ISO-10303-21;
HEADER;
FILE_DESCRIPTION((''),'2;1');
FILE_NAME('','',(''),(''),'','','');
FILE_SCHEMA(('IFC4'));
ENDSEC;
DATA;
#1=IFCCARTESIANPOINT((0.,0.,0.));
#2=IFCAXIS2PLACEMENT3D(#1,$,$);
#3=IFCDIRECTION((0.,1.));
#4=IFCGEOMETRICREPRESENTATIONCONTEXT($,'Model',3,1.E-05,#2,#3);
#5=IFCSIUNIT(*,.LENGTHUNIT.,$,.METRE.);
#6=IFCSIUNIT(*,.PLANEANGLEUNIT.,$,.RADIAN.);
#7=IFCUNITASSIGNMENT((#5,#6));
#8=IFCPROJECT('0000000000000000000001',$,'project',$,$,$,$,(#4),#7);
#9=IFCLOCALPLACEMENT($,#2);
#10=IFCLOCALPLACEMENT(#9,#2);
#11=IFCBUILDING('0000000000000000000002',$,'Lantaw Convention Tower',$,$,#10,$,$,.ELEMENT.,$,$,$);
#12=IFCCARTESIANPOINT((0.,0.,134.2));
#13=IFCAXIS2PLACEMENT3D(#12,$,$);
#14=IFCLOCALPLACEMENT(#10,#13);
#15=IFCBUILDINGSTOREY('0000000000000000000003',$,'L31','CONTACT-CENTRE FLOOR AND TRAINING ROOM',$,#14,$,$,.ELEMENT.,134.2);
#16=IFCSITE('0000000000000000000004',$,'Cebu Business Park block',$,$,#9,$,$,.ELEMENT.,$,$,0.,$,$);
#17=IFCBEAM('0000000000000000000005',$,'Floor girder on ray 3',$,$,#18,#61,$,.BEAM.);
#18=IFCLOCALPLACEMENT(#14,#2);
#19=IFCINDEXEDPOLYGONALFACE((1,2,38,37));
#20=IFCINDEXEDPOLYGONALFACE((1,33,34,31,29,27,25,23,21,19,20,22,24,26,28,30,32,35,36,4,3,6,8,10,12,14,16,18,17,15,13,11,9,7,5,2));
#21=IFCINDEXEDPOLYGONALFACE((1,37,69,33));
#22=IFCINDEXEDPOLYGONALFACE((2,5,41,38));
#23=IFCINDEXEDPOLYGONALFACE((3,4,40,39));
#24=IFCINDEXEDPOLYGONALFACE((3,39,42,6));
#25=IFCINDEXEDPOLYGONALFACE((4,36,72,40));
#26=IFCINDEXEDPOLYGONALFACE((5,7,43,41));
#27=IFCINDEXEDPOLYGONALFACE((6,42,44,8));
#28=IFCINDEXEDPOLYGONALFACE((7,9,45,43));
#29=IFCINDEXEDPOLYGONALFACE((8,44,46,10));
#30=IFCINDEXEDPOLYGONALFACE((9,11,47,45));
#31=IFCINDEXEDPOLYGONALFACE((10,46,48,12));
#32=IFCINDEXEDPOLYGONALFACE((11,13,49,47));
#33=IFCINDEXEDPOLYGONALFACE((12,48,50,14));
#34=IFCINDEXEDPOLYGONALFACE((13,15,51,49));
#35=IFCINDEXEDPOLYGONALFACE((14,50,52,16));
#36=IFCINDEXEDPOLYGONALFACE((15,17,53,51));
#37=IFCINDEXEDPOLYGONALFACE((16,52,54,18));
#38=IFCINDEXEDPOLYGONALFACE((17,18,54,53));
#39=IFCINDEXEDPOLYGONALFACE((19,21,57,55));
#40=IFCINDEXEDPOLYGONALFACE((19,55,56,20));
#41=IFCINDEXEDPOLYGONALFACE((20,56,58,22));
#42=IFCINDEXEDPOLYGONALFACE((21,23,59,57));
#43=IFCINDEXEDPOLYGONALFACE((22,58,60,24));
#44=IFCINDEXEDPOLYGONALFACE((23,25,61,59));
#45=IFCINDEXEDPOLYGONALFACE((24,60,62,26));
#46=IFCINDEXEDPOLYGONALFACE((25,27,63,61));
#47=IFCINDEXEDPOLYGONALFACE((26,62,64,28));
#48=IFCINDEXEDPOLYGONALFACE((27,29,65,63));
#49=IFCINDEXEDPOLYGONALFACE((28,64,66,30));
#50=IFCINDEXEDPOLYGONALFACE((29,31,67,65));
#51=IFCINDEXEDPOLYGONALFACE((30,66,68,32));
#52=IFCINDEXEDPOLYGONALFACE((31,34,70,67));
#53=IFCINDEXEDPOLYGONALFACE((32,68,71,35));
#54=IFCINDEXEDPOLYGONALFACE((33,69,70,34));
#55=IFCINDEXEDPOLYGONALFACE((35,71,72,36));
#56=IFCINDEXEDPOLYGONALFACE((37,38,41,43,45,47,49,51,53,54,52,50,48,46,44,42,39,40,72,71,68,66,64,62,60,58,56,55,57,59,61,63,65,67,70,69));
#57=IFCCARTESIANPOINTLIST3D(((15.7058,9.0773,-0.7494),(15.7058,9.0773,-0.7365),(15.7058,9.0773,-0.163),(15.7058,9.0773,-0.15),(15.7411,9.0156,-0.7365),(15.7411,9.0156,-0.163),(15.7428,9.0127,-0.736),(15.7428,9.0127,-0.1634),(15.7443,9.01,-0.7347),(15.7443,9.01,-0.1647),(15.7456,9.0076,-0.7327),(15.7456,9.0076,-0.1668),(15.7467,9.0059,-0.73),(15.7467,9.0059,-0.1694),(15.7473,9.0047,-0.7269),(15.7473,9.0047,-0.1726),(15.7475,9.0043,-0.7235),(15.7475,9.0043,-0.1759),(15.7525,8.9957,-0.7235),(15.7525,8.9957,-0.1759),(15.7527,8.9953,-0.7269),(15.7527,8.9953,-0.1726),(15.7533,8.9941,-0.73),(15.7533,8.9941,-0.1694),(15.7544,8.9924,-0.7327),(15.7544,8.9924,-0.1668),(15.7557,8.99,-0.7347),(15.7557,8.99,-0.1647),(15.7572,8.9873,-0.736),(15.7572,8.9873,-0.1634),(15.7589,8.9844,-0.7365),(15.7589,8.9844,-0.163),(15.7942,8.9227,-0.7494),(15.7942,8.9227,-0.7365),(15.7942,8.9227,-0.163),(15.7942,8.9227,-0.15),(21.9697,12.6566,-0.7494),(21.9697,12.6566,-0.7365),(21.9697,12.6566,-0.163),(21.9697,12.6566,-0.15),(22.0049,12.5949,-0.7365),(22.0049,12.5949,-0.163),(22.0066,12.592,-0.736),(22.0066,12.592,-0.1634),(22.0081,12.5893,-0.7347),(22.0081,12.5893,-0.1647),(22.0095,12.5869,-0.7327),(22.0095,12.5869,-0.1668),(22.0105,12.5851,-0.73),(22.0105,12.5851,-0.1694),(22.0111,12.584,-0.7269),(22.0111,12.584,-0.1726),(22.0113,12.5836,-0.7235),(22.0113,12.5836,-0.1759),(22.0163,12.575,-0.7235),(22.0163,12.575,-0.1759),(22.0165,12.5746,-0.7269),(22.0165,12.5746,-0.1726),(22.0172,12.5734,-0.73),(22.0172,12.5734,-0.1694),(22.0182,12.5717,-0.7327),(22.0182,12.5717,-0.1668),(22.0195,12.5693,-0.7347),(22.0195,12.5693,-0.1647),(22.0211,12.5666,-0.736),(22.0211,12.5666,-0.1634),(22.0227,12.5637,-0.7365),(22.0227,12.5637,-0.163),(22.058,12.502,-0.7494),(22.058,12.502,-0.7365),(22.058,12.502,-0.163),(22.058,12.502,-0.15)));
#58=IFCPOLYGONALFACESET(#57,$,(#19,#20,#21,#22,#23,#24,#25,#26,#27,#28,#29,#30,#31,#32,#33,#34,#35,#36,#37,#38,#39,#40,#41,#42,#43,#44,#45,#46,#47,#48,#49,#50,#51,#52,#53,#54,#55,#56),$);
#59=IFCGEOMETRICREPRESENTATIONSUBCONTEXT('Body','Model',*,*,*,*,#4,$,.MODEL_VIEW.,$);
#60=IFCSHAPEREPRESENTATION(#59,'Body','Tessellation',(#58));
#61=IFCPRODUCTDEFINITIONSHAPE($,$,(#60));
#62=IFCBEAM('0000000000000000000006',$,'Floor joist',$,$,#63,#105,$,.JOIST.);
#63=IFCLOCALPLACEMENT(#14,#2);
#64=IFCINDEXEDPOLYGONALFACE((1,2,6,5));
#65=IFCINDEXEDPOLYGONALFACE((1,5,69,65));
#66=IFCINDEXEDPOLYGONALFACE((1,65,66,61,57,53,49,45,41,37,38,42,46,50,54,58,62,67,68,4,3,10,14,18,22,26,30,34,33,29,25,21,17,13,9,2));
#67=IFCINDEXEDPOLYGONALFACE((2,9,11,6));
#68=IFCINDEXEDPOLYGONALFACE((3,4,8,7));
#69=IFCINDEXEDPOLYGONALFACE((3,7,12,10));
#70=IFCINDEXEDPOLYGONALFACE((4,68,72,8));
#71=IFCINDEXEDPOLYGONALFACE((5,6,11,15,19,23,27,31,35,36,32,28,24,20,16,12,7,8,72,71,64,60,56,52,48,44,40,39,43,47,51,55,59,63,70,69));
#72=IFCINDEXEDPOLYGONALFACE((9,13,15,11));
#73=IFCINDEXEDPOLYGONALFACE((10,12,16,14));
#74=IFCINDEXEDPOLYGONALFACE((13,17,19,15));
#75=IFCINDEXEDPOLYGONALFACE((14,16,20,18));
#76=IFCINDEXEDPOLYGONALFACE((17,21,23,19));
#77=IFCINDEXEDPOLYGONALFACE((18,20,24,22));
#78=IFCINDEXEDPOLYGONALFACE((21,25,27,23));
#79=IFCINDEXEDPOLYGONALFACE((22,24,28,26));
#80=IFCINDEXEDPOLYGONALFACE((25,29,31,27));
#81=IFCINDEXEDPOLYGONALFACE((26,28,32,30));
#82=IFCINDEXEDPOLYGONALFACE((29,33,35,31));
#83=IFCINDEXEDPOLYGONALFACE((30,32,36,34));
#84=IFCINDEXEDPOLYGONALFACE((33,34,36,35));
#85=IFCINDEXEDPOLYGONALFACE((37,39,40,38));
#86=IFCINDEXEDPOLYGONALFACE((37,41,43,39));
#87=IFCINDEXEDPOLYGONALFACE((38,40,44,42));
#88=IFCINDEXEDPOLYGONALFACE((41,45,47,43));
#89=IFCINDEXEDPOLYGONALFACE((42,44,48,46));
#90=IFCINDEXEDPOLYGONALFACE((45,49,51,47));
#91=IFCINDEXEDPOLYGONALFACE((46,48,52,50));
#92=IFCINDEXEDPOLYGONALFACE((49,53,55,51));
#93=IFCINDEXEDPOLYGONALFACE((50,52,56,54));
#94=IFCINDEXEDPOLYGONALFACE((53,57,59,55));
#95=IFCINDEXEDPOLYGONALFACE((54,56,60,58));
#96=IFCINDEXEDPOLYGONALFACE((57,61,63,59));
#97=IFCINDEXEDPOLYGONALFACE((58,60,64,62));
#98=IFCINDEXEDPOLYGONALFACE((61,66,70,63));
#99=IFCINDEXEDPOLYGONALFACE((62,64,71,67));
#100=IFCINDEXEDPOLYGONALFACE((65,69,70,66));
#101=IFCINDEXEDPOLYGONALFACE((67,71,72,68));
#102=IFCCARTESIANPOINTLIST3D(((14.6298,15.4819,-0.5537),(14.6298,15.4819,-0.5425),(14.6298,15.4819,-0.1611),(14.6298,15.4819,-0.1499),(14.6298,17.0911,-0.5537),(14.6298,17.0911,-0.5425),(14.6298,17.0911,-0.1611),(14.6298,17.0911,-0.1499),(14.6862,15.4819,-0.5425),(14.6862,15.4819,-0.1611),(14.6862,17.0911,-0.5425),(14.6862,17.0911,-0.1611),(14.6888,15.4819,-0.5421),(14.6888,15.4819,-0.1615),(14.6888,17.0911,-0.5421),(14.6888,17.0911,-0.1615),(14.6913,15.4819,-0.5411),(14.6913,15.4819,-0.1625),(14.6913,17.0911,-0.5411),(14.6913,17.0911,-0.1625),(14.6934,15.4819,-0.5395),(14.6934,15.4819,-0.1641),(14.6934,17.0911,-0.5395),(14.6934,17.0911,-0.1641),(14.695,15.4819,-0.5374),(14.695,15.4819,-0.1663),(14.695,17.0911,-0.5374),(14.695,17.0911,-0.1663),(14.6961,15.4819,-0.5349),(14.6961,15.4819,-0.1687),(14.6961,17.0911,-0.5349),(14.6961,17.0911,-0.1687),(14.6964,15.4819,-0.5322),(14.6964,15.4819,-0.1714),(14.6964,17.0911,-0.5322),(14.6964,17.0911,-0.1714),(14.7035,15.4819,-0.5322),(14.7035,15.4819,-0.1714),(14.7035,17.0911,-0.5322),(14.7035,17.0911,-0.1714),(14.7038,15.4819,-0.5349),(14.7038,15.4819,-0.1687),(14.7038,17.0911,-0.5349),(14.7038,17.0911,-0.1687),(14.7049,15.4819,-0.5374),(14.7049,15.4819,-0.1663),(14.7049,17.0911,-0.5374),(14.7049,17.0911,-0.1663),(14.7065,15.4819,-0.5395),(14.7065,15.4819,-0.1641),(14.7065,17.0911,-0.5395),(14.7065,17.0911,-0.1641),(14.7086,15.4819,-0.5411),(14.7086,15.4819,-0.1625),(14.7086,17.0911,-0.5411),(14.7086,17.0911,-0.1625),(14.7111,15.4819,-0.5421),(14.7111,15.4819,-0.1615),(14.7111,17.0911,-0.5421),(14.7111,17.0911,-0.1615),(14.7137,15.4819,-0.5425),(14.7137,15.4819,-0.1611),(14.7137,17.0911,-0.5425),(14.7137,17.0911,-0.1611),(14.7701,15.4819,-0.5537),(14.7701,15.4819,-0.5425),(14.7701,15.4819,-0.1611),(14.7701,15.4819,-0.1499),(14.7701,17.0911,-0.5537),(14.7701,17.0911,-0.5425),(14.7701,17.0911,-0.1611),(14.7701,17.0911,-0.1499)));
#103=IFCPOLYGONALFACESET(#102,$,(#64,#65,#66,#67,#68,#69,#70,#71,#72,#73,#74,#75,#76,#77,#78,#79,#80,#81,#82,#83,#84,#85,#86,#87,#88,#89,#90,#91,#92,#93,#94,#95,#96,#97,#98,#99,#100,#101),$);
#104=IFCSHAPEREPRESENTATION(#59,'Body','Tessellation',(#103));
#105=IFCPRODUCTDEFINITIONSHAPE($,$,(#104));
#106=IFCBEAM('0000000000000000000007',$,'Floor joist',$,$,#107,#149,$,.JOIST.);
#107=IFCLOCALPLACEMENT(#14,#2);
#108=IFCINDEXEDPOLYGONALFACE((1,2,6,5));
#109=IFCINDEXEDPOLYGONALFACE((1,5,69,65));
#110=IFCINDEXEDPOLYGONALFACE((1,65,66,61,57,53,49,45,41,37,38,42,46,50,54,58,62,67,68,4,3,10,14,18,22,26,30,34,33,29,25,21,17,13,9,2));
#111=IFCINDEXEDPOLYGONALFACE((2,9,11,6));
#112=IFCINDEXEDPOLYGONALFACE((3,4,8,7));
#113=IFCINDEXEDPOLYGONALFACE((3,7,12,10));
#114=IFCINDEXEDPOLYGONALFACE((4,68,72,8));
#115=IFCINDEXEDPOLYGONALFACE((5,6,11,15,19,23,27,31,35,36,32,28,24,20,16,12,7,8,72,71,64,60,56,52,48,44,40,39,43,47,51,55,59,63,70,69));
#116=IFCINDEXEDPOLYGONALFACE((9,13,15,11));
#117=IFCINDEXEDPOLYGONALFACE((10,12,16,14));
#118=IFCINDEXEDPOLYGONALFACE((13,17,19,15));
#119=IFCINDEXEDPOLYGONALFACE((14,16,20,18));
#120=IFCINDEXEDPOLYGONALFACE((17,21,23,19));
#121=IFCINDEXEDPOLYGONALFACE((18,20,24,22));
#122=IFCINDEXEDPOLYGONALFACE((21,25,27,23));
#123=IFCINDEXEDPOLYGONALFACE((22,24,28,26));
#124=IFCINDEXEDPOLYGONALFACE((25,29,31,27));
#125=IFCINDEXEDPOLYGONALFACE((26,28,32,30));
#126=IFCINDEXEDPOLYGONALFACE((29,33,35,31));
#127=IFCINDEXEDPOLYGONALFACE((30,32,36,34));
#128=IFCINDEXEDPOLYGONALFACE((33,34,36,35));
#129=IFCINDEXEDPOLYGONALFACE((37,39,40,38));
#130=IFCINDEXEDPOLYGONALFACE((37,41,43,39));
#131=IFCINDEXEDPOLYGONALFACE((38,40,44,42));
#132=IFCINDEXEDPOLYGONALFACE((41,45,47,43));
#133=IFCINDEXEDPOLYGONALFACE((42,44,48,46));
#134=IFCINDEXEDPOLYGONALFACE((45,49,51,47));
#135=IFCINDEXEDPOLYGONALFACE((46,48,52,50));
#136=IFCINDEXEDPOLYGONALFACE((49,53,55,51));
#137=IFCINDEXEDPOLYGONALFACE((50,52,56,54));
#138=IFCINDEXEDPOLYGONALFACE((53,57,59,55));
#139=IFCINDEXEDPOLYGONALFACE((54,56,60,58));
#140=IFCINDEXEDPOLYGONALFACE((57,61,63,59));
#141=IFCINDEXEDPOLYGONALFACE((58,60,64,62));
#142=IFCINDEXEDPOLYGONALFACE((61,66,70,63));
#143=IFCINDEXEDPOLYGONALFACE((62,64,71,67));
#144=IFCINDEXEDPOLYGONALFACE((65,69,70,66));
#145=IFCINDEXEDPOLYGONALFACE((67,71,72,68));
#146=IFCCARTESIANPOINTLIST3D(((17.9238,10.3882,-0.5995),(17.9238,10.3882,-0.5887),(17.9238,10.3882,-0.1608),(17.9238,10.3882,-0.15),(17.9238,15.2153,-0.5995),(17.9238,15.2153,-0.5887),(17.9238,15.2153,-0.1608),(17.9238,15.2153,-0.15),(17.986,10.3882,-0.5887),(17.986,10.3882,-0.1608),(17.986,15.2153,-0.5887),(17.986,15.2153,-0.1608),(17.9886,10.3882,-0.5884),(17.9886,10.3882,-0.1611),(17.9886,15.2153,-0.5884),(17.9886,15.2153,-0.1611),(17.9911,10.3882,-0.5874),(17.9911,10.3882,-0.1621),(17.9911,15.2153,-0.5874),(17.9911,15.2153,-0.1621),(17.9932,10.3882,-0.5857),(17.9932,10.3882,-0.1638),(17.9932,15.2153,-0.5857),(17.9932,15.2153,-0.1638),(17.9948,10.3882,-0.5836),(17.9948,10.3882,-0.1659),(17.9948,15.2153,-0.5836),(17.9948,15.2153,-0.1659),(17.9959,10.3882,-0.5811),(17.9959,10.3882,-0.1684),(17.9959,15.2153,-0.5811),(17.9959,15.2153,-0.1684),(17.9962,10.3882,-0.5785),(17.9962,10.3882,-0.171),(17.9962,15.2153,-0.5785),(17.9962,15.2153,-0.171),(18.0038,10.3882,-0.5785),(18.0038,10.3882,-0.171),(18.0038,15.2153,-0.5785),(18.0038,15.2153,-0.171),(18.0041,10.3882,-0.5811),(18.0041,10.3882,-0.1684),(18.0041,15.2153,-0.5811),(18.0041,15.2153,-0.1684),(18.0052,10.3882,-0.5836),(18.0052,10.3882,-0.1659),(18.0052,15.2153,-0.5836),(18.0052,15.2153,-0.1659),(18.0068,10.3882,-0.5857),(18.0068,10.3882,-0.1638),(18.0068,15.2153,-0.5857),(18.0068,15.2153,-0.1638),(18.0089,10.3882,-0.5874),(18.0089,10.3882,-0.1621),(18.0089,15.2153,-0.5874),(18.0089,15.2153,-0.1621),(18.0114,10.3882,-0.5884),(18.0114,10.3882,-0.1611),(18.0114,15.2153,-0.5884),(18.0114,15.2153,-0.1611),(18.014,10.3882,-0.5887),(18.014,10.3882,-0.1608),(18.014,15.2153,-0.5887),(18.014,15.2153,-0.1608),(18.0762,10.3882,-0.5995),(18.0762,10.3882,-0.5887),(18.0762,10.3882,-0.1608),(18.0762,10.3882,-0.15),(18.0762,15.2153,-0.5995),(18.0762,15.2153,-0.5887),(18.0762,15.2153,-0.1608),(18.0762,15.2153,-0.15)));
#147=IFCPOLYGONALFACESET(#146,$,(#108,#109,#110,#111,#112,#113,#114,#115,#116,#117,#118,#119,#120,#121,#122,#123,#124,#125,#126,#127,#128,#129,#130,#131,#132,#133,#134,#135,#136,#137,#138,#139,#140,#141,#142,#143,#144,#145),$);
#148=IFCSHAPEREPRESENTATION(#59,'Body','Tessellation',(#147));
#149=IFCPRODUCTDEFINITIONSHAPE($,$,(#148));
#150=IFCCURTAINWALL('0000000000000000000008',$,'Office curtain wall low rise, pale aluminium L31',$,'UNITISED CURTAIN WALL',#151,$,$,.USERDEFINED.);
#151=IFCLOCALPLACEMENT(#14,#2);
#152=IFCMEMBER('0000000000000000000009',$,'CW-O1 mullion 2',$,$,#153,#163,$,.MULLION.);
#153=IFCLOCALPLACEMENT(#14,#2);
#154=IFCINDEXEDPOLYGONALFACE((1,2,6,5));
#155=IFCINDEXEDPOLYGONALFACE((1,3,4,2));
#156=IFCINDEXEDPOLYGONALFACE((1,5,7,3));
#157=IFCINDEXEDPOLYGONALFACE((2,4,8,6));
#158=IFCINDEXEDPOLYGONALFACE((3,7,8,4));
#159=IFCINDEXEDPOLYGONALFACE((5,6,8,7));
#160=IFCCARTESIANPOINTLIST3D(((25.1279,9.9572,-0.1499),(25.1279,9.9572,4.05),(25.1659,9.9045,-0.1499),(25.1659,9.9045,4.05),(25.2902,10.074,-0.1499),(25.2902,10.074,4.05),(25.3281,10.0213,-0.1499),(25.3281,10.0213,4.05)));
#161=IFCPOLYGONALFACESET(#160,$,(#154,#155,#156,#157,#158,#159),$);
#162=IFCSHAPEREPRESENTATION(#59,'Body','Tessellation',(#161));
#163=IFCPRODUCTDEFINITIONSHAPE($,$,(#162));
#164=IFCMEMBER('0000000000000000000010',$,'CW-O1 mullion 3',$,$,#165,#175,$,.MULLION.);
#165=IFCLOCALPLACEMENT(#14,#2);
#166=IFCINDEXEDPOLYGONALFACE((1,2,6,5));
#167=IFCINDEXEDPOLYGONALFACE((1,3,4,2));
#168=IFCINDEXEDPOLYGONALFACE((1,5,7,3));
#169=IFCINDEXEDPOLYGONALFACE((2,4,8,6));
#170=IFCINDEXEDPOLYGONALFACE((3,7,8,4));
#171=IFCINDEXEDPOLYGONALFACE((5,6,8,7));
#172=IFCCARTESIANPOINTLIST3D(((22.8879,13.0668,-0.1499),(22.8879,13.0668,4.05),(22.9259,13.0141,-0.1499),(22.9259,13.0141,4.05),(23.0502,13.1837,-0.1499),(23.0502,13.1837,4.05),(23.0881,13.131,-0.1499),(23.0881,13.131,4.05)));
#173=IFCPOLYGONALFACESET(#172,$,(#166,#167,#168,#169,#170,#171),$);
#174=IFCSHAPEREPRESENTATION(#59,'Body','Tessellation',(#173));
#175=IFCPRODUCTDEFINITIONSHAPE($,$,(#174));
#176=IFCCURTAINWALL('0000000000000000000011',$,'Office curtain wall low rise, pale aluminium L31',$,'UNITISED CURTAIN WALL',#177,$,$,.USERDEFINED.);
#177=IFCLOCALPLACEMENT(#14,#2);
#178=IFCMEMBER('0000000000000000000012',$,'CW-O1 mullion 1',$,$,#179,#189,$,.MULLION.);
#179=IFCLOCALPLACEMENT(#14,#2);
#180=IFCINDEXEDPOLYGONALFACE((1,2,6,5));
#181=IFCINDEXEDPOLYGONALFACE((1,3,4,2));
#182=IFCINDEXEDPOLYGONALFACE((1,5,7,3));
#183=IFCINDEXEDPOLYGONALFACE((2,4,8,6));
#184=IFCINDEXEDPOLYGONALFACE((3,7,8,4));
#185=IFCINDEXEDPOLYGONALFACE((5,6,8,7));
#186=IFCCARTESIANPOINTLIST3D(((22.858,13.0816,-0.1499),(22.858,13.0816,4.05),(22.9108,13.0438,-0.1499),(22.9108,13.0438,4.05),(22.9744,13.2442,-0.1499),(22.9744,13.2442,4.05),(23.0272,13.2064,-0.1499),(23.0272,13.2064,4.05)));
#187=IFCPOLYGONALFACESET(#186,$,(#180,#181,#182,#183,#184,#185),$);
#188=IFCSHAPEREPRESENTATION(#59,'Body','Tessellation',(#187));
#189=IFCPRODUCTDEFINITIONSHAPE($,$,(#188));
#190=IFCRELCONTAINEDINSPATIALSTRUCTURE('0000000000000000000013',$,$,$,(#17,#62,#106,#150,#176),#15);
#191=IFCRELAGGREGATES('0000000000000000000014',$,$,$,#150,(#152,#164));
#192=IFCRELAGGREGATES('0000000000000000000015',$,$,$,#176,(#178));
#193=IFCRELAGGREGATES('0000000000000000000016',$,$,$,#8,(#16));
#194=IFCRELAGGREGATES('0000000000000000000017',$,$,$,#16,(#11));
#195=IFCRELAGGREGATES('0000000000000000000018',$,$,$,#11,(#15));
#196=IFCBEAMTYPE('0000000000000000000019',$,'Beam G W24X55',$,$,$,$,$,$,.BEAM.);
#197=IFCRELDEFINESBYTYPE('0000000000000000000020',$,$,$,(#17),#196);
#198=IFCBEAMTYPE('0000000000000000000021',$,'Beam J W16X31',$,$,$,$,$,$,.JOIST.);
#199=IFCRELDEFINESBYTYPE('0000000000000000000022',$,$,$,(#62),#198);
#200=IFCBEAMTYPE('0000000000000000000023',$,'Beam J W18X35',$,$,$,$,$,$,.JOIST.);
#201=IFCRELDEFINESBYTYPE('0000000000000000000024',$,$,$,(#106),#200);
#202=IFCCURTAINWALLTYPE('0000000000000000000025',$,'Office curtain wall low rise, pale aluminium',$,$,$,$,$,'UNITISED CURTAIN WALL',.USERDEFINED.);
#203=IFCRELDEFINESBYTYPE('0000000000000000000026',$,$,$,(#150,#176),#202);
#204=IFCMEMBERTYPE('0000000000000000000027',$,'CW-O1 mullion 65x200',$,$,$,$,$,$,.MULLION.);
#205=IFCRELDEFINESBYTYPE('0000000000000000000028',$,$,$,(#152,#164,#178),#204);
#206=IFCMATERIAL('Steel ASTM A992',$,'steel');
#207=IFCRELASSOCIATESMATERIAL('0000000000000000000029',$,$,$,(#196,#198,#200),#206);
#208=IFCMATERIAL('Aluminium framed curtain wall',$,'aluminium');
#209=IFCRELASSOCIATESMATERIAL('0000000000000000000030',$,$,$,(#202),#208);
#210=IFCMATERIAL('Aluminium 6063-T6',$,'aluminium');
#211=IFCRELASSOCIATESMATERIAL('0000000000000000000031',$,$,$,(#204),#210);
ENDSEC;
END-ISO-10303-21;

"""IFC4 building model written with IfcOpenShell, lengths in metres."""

from ifc_helpers import new_model, si_unit, direction, frame, origin, origin_2d, place, context, subcontext, project, spatial, rectangle, i_section, extrude, material, material_profile, profile_set, type_object, element, aggregate, save


model = new_model("IFC4")

# Units and contexts
model_context = context("Model", 3, precision=1e-05, world=origin(), true_north=direction((0.0, 1.0)))
body_context = subcontext(model_context, "Body", "Model", "MODEL_VIEW")
ifc_project = project(units=[si_unit("LENGTHUNIT", "METRE"), si_unit("PLANEANGLEUNIT", "RADIAN")], contexts=[model_context])

# Site, building, storey
site_placement = place(None, origin())
site = spatial("IfcSite", under=ifc_project, at=site_placement, Name="Cebu Business Park block", CompositionType="ELEMENT", RefElevation=0.0)
building_placement = place(site_placement, origin())
building = spatial("IfcBuilding", under=site, at=building_placement, Name="Lantaw Convention Tower", CompositionType="ELEMENT")
storey_placement = place(building_placement, frame((0.0, 0.0, 134.2)))
storey = spatial("IfcBuildingStorey", under=building, at=storey_placement, Name="L31", Description="CONTACT-CENTRE FLOOR AND TRAINING ROOM", CompositionType="ELEMENT", Elevation=134.2)

# Beams
ifc_material_1 = material(Name="Steel ASTM A992", Category="steel")
ifc_material_profile_1 = material_profile(ifc_material_1, i_section(OverallWidth=0.178, OverallDepth=0.5994, WebThickness=0.01, FlangeThickness=0.0129, FilletRadius=0.0129, at=origin_2d()), Name="W24X55")
ifc_profile_set_1 = profile_set([ifc_material_profile_1], Name="Steel ASTM A992")
beam_type_1 = type_object("IfcBeamType", Name="Beam G W24X55", PredefinedType="BEAM", material=ifc_profile_set_1)
beam_1_placement = place(storey_placement, frame((15.75, 9.0, -0.4497), z_axis=(0.868245, 0.496135, 0.0), x_axis=(-0.496135, 0.868245, 0.0)))
element("IfcBeam", 1, at=beam_1_placement, inside=storey, type_object=beam_type_1, Name="Floor girder on ray 3", PredefinedType="BEAM", context=body_context, shape_type="SweptSolid", body=[
    extrude(i_section(OverallWidth=0.178, OverallDepth=0.5994, WebThickness=0.01, FlangeThickness=0.0129, FilletRadius=0.0129, at=origin_2d()), origin(), (0.0, 0.0, 1.0), 7.2144),
])
ifc_material_profile_2 = material_profile(ifc_material_1, i_section(OverallWidth=0.1404, OverallDepth=0.4038, WebThickness=0.0071, FlangeThickness=0.0112, FilletRadius=0.0103, at=origin_2d()), Name="W16X31")
ifc_profile_set_2 = profile_set([ifc_material_profile_2], Name="Steel ASTM A992")
beam_type_2 = type_object("IfcBeamType", Name="Beam J W16X31", PredefinedType="JOIST", material=ifc_profile_set_2)
beam_2_placement = place(storey_placement, frame((14.7, 15.4819, -0.3518), z_axis=(0.0, 1.0, 0.0), x_axis=(-1.0, 0.0, 0.0)))
element("IfcBeam", 2, at=beam_2_placement, inside=storey, type_object=beam_type_2, Name="Floor joist", PredefinedType="JOIST", context=body_context, shape_type="SweptSolid", body=[
    extrude(i_section(OverallWidth=0.1404, OverallDepth=0.4038, WebThickness=0.0071, FlangeThickness=0.0112, FilletRadius=0.0103, at=origin_2d()), origin(), (0.0, 0.0, 1.0), 1.6091),
])
ifc_material_profile_3 = material_profile(ifc_material_1, i_section(OverallWidth=0.1523, OverallDepth=0.4495, WebThickness=0.0076, FlangeThickness=0.0107, FilletRadius=0.0103, at=origin_2d()), Name="W18X35")
ifc_profile_set_3 = profile_set([ifc_material_profile_3], Name="Steel ASTM A992")
beam_type_3 = type_object("IfcBeamType", Name="Beam J W18X35", PredefinedType="JOIST", material=ifc_profile_set_3)
beam_3_placement = place(storey_placement, frame((18.0, 10.3882, -0.3748), z_axis=(0.0, 1.0, 0.0), x_axis=(-1.0, 0.0, 0.0)))
element("IfcBeam", 3, at=beam_3_placement, inside=storey, type_object=beam_type_3, Name="Floor joist", PredefinedType="JOIST", context=body_context, shape_type="SweptSolid", body=[
    extrude(i_section(OverallWidth=0.1523, OverallDepth=0.4495, WebThickness=0.0076, FlangeThickness=0.0107, FilletRadius=0.0103, at=origin_2d()), origin(), (0.0, 0.0, 1.0), 4.8271),
])

# Curtain walls, members
ifc_material_2 = material(Name="Aluminium framed curtain wall", Category="aluminium")
curtain_wall_type = type_object("IfcCurtainWallType", Name="Office curtain wall low rise, pale aluminium", ElementType="UNITISED CURTAIN WALL", PredefinedType="USERDEFINED", material=ifc_material_2)
curtain_wall_1_placement = place(storey_placement, origin())
curtain_wall_1 = element("IfcCurtainWall", 4, at=curtain_wall_1_placement, inside=storey, type_object=curtain_wall_type, Name="Office curtain wall low rise, pale aluminium L31", ObjectType="UNITISED CURTAIN WALL", PredefinedType="USERDEFINED")
ifc_material_3 = material(Name="Aluminium 6063-T6", Category="aluminium")
ifc_material_profile_4 = material_profile(ifc_material_3, rectangle(XDim=0.2, YDim=0.0649, at=origin_2d()), Name="CW-O1 mullion 65x200")
ifc_profile_set_4 = profile_set([ifc_material_profile_4], Name="Aluminium 6063-T6")
member_type_1 = type_object("IfcMemberType", Name="CW-O1 mullion 65x200", PredefinedType="MULLION", material=ifc_profile_set_4)
member_1_placement = place(storey_placement, frame((25.228, 9.9893, -0.1499), z_axis=(0.0, 0.0, 1.0), x_axis=(-0.811385, -0.584513, 0.0)))
member_1 = element("IfcMember", 5, at=member_1_placement, type_object=member_type_1, Name="CW-O1 mullion 2", PredefinedType="MULLION", context=body_context, shape_type="SweptSolid", body=[
    extrude(rectangle(XDim=0.2, YDim=0.0649, at=origin_2d()), origin(), (0.0, 0.0, 1.0), 4.2),
])
member_2_placement = place(storey_placement, frame((22.988, 13.0989, -0.1499), z_axis=(0.0, 0.0, 1.0), x_axis=(-0.811385, -0.584513, 0.0)))
member_2 = element("IfcMember", 6, at=member_2_placement, type_object=member_type_1, Name="CW-O1 mullion 3", PredefinedType="MULLION", context=body_context, shape_type="SweptSolid", body=[
    extrude(rectangle(XDim=0.2, YDim=0.0649, at=origin_2d()), origin(), (0.0, 0.0, 1.0), 4.2),
])
curtain_wall_2_placement = place(storey_placement, origin())
curtain_wall_2 = element("IfcCurtainWall", 7, at=curtain_wall_2_placement, inside=storey, type_object=curtain_wall_type, Name="Office curtain wall low rise, pale aluminium L31", ObjectType="UNITISED CURTAIN WALL", PredefinedType="USERDEFINED")
member_3_placement = place(storey_placement, frame((22.9426, 13.144, -0.1499), z_axis=(0.0, 0.0, 1.0), x_axis=(-0.581973, -0.813208, 0.0)))
member_3 = element("IfcMember", 8, at=member_3_placement, type_object=member_type_1, Name="CW-O1 mullion 1", PredefinedType="MULLION", context=body_context, shape_type="SweptSolid", body=[
    extrude(rectangle(XDim=0.2, YDim=0.0649, at=origin_2d()), origin(), (0.0, 0.0, 1.0), 4.2),
])

aggregate(curtain_wall_1, [member_1, member_2])
aggregate(curtain_wall_2, [member_3])

save(model, "model.ifc")
